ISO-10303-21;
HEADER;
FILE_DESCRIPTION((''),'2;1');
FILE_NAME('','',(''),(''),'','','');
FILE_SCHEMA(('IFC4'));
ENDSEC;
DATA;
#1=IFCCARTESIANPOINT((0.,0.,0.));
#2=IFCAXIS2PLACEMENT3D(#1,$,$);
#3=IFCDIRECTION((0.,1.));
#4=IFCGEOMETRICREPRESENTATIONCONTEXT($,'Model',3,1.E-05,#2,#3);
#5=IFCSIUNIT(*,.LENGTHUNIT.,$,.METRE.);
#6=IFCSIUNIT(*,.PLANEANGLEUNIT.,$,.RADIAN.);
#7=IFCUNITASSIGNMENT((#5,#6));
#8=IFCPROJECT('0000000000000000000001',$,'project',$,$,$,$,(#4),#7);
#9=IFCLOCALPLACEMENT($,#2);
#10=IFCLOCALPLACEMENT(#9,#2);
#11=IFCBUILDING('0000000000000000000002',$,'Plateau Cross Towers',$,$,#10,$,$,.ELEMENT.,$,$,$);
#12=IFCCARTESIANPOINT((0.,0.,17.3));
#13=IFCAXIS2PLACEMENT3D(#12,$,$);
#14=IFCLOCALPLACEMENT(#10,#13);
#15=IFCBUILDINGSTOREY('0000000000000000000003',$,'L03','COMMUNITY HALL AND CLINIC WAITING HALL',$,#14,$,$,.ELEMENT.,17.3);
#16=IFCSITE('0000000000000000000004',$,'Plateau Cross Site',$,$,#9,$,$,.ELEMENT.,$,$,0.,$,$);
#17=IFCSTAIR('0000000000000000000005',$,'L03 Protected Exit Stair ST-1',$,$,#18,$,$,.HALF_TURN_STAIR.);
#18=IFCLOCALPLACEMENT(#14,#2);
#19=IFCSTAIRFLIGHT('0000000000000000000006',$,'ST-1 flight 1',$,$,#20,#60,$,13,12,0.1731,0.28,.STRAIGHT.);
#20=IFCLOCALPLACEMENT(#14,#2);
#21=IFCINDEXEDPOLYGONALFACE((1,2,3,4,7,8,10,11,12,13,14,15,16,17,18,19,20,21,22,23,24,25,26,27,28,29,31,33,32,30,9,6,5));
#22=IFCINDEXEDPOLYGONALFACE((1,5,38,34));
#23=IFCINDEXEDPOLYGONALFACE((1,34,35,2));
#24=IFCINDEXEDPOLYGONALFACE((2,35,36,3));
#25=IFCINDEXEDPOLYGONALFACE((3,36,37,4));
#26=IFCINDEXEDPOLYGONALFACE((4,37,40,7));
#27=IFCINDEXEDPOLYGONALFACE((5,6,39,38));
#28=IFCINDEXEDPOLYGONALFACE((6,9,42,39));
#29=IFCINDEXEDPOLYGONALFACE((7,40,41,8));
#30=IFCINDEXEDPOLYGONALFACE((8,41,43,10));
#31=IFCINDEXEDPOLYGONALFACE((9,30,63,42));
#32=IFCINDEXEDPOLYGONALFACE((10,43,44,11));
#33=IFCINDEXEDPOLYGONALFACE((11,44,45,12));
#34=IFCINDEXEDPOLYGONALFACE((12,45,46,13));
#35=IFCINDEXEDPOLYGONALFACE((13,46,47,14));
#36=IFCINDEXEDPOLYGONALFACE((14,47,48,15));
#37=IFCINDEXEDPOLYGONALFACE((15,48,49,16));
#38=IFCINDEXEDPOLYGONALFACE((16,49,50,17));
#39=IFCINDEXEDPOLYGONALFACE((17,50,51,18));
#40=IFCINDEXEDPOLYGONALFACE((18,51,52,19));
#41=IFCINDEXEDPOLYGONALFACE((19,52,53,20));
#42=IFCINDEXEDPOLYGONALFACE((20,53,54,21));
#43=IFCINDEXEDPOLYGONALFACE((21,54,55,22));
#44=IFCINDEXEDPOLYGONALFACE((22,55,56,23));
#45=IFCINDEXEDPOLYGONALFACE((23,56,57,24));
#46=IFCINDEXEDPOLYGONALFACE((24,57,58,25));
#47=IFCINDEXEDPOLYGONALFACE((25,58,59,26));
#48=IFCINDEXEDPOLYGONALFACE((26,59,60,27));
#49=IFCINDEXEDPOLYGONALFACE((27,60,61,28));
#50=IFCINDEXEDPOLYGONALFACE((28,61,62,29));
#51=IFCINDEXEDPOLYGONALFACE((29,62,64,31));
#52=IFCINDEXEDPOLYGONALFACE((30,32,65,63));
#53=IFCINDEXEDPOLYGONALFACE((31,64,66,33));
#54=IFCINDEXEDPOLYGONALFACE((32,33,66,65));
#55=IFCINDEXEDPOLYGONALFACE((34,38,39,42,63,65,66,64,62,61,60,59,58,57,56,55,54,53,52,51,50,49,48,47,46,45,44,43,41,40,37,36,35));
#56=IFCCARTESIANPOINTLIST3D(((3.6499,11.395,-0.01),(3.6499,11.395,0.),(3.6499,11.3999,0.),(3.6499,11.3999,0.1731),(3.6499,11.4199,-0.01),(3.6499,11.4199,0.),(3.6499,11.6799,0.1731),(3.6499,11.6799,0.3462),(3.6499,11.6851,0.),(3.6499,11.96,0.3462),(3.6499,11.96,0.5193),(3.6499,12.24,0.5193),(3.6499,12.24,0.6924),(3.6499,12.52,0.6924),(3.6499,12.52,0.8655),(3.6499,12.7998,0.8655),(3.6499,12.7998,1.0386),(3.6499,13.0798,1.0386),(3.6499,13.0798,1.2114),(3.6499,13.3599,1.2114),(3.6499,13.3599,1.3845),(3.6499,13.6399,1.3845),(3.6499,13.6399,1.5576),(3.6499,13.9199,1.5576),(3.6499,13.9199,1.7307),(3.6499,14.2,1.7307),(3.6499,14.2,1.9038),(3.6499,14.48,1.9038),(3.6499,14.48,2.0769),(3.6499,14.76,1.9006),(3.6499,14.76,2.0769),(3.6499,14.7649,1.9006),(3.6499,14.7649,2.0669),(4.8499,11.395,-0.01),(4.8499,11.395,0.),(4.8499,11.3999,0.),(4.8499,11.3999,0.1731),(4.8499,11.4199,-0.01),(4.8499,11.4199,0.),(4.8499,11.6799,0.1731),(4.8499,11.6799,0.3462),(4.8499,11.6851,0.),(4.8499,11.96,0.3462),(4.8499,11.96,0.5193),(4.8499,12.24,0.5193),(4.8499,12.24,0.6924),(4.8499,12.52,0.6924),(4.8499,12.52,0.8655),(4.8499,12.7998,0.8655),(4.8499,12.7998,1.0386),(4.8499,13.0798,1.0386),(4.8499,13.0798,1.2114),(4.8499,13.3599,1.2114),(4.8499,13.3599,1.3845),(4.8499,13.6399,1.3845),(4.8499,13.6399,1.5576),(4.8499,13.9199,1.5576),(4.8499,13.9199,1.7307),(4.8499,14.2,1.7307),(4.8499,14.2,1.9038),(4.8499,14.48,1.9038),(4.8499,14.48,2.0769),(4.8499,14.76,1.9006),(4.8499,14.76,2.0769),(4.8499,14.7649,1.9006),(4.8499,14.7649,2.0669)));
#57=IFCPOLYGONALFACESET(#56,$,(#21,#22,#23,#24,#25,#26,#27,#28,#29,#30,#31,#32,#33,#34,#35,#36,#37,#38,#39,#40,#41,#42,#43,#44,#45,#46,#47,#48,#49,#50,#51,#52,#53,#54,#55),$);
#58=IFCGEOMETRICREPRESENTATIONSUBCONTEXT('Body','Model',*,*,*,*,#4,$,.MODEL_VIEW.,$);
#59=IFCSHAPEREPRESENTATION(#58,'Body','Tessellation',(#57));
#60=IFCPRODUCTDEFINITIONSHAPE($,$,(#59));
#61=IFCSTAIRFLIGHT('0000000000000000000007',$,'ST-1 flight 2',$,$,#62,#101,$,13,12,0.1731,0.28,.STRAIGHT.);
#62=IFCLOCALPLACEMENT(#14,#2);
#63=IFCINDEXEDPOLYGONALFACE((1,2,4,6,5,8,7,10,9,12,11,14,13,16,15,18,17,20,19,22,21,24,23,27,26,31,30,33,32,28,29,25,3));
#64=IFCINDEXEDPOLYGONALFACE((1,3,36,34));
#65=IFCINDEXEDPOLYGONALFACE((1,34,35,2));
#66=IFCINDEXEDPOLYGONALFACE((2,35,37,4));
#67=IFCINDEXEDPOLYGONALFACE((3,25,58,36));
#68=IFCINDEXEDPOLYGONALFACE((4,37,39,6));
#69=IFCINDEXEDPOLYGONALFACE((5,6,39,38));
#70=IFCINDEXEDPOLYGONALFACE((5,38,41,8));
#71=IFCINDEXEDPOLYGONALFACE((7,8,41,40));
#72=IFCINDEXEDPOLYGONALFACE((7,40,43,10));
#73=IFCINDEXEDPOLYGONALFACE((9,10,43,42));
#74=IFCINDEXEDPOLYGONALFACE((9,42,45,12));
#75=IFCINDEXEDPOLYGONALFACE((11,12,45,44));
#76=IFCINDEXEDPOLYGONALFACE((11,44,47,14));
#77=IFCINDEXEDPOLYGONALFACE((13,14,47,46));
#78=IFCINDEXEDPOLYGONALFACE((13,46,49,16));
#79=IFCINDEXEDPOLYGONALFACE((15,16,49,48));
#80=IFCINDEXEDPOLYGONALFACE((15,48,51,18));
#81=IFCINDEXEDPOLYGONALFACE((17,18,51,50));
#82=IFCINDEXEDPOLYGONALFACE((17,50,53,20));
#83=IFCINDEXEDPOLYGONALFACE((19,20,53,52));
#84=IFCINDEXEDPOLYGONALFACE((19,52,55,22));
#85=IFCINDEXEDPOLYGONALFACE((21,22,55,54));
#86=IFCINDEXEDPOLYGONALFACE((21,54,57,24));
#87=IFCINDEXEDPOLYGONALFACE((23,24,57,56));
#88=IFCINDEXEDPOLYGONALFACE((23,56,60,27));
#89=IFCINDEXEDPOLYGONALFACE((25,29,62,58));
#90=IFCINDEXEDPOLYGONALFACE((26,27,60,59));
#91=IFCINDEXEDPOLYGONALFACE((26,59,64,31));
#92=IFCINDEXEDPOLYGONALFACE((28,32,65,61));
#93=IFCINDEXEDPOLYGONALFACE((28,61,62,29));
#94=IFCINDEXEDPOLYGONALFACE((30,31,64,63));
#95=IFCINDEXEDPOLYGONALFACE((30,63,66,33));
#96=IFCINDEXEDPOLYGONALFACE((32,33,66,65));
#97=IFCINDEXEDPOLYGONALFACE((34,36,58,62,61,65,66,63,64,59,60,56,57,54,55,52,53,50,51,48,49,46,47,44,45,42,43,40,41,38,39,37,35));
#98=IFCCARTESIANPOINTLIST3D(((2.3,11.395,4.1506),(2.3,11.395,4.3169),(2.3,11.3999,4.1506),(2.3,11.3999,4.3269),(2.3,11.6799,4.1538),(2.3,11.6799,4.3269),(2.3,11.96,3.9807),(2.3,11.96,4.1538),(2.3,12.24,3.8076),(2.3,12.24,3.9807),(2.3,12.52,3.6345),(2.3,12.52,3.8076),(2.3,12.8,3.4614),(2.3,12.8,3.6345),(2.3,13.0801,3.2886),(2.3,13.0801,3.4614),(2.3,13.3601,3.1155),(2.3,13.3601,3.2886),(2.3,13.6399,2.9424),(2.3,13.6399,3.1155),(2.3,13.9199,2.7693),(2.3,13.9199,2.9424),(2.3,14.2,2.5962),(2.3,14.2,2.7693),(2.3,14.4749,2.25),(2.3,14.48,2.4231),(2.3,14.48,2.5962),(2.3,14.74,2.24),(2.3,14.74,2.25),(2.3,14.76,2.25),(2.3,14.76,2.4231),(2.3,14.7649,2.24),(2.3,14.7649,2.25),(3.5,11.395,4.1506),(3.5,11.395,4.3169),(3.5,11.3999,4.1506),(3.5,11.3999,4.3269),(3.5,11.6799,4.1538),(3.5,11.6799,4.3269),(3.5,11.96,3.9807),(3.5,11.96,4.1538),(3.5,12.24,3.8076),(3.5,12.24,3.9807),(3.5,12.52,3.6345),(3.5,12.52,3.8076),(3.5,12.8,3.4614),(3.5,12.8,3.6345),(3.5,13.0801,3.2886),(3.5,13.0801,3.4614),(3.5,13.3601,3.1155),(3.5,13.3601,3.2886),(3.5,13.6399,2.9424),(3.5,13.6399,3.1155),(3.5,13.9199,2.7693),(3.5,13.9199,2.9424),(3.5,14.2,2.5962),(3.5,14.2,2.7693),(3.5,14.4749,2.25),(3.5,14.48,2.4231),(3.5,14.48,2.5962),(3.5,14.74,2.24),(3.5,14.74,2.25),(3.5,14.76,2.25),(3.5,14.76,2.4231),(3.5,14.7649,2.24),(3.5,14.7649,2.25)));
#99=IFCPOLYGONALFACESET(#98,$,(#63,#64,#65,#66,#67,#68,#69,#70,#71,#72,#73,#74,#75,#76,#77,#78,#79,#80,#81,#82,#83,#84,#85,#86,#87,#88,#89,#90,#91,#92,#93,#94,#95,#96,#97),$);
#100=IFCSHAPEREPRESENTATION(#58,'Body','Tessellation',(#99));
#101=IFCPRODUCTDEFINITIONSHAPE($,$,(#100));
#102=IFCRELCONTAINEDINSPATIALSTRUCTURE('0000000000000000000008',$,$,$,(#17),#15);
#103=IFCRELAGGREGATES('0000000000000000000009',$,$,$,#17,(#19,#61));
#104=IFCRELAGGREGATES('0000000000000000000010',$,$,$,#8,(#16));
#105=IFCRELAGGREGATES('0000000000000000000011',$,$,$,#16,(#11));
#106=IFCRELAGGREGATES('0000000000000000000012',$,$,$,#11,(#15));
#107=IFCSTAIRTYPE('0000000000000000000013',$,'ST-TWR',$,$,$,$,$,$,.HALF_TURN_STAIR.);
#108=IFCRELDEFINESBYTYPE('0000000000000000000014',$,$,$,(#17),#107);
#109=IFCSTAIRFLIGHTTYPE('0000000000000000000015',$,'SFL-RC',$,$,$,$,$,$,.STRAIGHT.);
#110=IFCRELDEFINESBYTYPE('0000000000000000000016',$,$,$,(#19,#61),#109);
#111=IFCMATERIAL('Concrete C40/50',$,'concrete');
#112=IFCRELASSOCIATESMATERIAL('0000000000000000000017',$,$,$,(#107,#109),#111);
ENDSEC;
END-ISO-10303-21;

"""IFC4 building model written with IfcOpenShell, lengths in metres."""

from ifc_helpers import new_model, si_unit, direction, frame, origin, place, context, subcontext, project, spatial, polyline, outline, extrude, material, type_object, element, aggregate, save


model = new_model("IFC4")

# Units and contexts
model_context = context("Model", 3, precision=1e-05, world=origin(), true_north=direction((0.0, 1.0)))
body_context = subcontext(model_context, "Body", "Model", "MODEL_VIEW")
ifc_project = project(units=[si_unit("LENGTHUNIT", "METRE"), si_unit("PLANEANGLEUNIT", "RADIAN")], contexts=[model_context])

# Site, building, storey
site_placement = place(None, origin())
site = spatial("IfcSite", under=ifc_project, at=site_placement, Name="Plateau Cross Site", CompositionType="ELEMENT", RefElevation=0.0)
building_placement = place(site_placement, origin())
building = spatial("IfcBuilding", under=site, at=building_placement, Name="Plateau Cross Towers", CompositionType="ELEMENT")
storey_placement = place(building_placement, frame((0.0, 0.0, 17.3)))
storey = spatial("IfcBuildingStorey", under=building, at=storey_placement, Name="L03", Description="COMMUNITY HALL AND CLINIC WAITING HALL", CompositionType="ELEMENT", Elevation=17.3)

# Stair, stair flights
ifc_material_1 = material(Name="Concrete C40/50", Category="concrete")
stair_type = type_object("IfcStairType", Name="ST-TWR", PredefinedType="HALF_TURN_STAIR", material=ifc_material_1)
stair_placement = place(storey_placement, origin())
stair = element("IfcStair", 1, at=stair_placement, inside=storey, type_object=stair_type, Name="L03 Protected Exit Stair ST-1", PredefinedType="HALF_TURN_STAIR")
stair_flight_type = type_object("IfcStairFlightType", Name="SFL-RC", PredefinedType="STRAIGHT", material=ifc_material_1)
stair_flight_1_placement = place(storey_placement, frame((4.25, 11.3999, 0.0), z_axis=(0.0, 0.0, 1.0), x_axis=(0.0, 1.0, 0.0)))
stair_flight_1 = element("IfcStairFlight", 2, at=stair_flight_1_placement, type_object=stair_flight_type, Name="ST-1 flight 1", NumberOfRisers=13, NumberOfTreads=12, PredefinedType="STRAIGHT", RiserHeight=0.1731, TreadLength=0.28, context=body_context, shape_type="SweptSolid", body=[
    extrude(outline(polyline([(-0.0049, -0.01), (-0.0049, 0.0), (0.0, 0.0), (0.0, 0.1731), (0.28, 0.1731), (0.28, 0.3462), (0.5601, 0.3462), (0.5601, 0.5193), (0.8401, 0.5193), (0.8401, 0.6924), (1.1201, 0.6924), (1.1201, 0.8655), (1.3999, 0.8655), (1.3999, 1.0386), (1.6799, 1.0386), (1.6799, 1.2114), (1.96, 1.2114), (1.96, 1.3845), (2.24, 1.3845), (2.24, 1.5576), (2.52, 1.5576), (2.52, 1.7307), (2.8, 1.7307), (2.8, 1.9038), (3.0801, 1.9038), (3.0801, 2.0769), (3.3601, 2.0769), (3.365, 2.0669), (3.365, 1.9006), (3.3601, 1.9006), (0.2852, 0.0), (0.02, 0.0), (0.02, -0.01), (-0.0049, -0.01)])), frame((0.0, 0.6001, 0.0), z_axis=(0.0, -1.0, 0.0), x_axis=(1.0, 0.0, 0.0)), (0.0, 0.0, 1.0), 1.2),
])
stair_flight_2_placement = place(storey_placement, frame((2.8999, 14.76, 2.25), z_axis=(0.0, 0.0, 1.0), x_axis=(0.0, -1.0, 0.0)))
stair_flight_2 = element("IfcStairFlight", 3, at=stair_flight_2_placement, type_object=stair_flight_type, Name="ST-1 flight 2", NumberOfRisers=13, NumberOfTreads=12, PredefinedType="STRAIGHT", RiserHeight=0.1731, TreadLength=0.28, context=body_context, shape_type="SweptSolid", body=[
    extrude(outline(polyline([(-0.0049, -0.01), (-0.0049, 0.0), (0.0, 0.0), (0.0, 0.1731), (0.28, 0.1731), (0.28, 0.3462), (0.5601, 0.3462), (0.5601, 0.5193), (0.8401, 0.5193), (0.8401, 0.6924), (1.1201, 0.6924), (1.1201, 0.8655), (1.3999, 0.8655), (1.3999, 1.0386), (1.6799, 1.0386), (1.6799, 1.2114), (1.96, 1.2114), (1.96, 1.3845), (2.24, 1.3845), (2.24, 1.5576), (2.52, 1.5576), (2.52, 1.7307), (2.8, 1.7307), (2.8, 1.9038), (3.0801, 1.9038), (3.0801, 2.0769), (3.3601, 2.0769), (3.365, 2.0669), (3.365, 1.9006), (3.3601, 1.9006), (0.2852, 0.0), (0.02, 0.0), (0.02, -0.01), (-0.0049, -0.01)])), frame((0.0, 0.6001, 0.0), z_axis=(0.0, -1.0, 0.0), x_axis=(1.0, 0.0, 0.0)), (0.0, 0.0, 1.0), 1.2),
])
aggregate(stair, [stair_flight_1, stair_flight_2])

save(model, "model.ifc")
